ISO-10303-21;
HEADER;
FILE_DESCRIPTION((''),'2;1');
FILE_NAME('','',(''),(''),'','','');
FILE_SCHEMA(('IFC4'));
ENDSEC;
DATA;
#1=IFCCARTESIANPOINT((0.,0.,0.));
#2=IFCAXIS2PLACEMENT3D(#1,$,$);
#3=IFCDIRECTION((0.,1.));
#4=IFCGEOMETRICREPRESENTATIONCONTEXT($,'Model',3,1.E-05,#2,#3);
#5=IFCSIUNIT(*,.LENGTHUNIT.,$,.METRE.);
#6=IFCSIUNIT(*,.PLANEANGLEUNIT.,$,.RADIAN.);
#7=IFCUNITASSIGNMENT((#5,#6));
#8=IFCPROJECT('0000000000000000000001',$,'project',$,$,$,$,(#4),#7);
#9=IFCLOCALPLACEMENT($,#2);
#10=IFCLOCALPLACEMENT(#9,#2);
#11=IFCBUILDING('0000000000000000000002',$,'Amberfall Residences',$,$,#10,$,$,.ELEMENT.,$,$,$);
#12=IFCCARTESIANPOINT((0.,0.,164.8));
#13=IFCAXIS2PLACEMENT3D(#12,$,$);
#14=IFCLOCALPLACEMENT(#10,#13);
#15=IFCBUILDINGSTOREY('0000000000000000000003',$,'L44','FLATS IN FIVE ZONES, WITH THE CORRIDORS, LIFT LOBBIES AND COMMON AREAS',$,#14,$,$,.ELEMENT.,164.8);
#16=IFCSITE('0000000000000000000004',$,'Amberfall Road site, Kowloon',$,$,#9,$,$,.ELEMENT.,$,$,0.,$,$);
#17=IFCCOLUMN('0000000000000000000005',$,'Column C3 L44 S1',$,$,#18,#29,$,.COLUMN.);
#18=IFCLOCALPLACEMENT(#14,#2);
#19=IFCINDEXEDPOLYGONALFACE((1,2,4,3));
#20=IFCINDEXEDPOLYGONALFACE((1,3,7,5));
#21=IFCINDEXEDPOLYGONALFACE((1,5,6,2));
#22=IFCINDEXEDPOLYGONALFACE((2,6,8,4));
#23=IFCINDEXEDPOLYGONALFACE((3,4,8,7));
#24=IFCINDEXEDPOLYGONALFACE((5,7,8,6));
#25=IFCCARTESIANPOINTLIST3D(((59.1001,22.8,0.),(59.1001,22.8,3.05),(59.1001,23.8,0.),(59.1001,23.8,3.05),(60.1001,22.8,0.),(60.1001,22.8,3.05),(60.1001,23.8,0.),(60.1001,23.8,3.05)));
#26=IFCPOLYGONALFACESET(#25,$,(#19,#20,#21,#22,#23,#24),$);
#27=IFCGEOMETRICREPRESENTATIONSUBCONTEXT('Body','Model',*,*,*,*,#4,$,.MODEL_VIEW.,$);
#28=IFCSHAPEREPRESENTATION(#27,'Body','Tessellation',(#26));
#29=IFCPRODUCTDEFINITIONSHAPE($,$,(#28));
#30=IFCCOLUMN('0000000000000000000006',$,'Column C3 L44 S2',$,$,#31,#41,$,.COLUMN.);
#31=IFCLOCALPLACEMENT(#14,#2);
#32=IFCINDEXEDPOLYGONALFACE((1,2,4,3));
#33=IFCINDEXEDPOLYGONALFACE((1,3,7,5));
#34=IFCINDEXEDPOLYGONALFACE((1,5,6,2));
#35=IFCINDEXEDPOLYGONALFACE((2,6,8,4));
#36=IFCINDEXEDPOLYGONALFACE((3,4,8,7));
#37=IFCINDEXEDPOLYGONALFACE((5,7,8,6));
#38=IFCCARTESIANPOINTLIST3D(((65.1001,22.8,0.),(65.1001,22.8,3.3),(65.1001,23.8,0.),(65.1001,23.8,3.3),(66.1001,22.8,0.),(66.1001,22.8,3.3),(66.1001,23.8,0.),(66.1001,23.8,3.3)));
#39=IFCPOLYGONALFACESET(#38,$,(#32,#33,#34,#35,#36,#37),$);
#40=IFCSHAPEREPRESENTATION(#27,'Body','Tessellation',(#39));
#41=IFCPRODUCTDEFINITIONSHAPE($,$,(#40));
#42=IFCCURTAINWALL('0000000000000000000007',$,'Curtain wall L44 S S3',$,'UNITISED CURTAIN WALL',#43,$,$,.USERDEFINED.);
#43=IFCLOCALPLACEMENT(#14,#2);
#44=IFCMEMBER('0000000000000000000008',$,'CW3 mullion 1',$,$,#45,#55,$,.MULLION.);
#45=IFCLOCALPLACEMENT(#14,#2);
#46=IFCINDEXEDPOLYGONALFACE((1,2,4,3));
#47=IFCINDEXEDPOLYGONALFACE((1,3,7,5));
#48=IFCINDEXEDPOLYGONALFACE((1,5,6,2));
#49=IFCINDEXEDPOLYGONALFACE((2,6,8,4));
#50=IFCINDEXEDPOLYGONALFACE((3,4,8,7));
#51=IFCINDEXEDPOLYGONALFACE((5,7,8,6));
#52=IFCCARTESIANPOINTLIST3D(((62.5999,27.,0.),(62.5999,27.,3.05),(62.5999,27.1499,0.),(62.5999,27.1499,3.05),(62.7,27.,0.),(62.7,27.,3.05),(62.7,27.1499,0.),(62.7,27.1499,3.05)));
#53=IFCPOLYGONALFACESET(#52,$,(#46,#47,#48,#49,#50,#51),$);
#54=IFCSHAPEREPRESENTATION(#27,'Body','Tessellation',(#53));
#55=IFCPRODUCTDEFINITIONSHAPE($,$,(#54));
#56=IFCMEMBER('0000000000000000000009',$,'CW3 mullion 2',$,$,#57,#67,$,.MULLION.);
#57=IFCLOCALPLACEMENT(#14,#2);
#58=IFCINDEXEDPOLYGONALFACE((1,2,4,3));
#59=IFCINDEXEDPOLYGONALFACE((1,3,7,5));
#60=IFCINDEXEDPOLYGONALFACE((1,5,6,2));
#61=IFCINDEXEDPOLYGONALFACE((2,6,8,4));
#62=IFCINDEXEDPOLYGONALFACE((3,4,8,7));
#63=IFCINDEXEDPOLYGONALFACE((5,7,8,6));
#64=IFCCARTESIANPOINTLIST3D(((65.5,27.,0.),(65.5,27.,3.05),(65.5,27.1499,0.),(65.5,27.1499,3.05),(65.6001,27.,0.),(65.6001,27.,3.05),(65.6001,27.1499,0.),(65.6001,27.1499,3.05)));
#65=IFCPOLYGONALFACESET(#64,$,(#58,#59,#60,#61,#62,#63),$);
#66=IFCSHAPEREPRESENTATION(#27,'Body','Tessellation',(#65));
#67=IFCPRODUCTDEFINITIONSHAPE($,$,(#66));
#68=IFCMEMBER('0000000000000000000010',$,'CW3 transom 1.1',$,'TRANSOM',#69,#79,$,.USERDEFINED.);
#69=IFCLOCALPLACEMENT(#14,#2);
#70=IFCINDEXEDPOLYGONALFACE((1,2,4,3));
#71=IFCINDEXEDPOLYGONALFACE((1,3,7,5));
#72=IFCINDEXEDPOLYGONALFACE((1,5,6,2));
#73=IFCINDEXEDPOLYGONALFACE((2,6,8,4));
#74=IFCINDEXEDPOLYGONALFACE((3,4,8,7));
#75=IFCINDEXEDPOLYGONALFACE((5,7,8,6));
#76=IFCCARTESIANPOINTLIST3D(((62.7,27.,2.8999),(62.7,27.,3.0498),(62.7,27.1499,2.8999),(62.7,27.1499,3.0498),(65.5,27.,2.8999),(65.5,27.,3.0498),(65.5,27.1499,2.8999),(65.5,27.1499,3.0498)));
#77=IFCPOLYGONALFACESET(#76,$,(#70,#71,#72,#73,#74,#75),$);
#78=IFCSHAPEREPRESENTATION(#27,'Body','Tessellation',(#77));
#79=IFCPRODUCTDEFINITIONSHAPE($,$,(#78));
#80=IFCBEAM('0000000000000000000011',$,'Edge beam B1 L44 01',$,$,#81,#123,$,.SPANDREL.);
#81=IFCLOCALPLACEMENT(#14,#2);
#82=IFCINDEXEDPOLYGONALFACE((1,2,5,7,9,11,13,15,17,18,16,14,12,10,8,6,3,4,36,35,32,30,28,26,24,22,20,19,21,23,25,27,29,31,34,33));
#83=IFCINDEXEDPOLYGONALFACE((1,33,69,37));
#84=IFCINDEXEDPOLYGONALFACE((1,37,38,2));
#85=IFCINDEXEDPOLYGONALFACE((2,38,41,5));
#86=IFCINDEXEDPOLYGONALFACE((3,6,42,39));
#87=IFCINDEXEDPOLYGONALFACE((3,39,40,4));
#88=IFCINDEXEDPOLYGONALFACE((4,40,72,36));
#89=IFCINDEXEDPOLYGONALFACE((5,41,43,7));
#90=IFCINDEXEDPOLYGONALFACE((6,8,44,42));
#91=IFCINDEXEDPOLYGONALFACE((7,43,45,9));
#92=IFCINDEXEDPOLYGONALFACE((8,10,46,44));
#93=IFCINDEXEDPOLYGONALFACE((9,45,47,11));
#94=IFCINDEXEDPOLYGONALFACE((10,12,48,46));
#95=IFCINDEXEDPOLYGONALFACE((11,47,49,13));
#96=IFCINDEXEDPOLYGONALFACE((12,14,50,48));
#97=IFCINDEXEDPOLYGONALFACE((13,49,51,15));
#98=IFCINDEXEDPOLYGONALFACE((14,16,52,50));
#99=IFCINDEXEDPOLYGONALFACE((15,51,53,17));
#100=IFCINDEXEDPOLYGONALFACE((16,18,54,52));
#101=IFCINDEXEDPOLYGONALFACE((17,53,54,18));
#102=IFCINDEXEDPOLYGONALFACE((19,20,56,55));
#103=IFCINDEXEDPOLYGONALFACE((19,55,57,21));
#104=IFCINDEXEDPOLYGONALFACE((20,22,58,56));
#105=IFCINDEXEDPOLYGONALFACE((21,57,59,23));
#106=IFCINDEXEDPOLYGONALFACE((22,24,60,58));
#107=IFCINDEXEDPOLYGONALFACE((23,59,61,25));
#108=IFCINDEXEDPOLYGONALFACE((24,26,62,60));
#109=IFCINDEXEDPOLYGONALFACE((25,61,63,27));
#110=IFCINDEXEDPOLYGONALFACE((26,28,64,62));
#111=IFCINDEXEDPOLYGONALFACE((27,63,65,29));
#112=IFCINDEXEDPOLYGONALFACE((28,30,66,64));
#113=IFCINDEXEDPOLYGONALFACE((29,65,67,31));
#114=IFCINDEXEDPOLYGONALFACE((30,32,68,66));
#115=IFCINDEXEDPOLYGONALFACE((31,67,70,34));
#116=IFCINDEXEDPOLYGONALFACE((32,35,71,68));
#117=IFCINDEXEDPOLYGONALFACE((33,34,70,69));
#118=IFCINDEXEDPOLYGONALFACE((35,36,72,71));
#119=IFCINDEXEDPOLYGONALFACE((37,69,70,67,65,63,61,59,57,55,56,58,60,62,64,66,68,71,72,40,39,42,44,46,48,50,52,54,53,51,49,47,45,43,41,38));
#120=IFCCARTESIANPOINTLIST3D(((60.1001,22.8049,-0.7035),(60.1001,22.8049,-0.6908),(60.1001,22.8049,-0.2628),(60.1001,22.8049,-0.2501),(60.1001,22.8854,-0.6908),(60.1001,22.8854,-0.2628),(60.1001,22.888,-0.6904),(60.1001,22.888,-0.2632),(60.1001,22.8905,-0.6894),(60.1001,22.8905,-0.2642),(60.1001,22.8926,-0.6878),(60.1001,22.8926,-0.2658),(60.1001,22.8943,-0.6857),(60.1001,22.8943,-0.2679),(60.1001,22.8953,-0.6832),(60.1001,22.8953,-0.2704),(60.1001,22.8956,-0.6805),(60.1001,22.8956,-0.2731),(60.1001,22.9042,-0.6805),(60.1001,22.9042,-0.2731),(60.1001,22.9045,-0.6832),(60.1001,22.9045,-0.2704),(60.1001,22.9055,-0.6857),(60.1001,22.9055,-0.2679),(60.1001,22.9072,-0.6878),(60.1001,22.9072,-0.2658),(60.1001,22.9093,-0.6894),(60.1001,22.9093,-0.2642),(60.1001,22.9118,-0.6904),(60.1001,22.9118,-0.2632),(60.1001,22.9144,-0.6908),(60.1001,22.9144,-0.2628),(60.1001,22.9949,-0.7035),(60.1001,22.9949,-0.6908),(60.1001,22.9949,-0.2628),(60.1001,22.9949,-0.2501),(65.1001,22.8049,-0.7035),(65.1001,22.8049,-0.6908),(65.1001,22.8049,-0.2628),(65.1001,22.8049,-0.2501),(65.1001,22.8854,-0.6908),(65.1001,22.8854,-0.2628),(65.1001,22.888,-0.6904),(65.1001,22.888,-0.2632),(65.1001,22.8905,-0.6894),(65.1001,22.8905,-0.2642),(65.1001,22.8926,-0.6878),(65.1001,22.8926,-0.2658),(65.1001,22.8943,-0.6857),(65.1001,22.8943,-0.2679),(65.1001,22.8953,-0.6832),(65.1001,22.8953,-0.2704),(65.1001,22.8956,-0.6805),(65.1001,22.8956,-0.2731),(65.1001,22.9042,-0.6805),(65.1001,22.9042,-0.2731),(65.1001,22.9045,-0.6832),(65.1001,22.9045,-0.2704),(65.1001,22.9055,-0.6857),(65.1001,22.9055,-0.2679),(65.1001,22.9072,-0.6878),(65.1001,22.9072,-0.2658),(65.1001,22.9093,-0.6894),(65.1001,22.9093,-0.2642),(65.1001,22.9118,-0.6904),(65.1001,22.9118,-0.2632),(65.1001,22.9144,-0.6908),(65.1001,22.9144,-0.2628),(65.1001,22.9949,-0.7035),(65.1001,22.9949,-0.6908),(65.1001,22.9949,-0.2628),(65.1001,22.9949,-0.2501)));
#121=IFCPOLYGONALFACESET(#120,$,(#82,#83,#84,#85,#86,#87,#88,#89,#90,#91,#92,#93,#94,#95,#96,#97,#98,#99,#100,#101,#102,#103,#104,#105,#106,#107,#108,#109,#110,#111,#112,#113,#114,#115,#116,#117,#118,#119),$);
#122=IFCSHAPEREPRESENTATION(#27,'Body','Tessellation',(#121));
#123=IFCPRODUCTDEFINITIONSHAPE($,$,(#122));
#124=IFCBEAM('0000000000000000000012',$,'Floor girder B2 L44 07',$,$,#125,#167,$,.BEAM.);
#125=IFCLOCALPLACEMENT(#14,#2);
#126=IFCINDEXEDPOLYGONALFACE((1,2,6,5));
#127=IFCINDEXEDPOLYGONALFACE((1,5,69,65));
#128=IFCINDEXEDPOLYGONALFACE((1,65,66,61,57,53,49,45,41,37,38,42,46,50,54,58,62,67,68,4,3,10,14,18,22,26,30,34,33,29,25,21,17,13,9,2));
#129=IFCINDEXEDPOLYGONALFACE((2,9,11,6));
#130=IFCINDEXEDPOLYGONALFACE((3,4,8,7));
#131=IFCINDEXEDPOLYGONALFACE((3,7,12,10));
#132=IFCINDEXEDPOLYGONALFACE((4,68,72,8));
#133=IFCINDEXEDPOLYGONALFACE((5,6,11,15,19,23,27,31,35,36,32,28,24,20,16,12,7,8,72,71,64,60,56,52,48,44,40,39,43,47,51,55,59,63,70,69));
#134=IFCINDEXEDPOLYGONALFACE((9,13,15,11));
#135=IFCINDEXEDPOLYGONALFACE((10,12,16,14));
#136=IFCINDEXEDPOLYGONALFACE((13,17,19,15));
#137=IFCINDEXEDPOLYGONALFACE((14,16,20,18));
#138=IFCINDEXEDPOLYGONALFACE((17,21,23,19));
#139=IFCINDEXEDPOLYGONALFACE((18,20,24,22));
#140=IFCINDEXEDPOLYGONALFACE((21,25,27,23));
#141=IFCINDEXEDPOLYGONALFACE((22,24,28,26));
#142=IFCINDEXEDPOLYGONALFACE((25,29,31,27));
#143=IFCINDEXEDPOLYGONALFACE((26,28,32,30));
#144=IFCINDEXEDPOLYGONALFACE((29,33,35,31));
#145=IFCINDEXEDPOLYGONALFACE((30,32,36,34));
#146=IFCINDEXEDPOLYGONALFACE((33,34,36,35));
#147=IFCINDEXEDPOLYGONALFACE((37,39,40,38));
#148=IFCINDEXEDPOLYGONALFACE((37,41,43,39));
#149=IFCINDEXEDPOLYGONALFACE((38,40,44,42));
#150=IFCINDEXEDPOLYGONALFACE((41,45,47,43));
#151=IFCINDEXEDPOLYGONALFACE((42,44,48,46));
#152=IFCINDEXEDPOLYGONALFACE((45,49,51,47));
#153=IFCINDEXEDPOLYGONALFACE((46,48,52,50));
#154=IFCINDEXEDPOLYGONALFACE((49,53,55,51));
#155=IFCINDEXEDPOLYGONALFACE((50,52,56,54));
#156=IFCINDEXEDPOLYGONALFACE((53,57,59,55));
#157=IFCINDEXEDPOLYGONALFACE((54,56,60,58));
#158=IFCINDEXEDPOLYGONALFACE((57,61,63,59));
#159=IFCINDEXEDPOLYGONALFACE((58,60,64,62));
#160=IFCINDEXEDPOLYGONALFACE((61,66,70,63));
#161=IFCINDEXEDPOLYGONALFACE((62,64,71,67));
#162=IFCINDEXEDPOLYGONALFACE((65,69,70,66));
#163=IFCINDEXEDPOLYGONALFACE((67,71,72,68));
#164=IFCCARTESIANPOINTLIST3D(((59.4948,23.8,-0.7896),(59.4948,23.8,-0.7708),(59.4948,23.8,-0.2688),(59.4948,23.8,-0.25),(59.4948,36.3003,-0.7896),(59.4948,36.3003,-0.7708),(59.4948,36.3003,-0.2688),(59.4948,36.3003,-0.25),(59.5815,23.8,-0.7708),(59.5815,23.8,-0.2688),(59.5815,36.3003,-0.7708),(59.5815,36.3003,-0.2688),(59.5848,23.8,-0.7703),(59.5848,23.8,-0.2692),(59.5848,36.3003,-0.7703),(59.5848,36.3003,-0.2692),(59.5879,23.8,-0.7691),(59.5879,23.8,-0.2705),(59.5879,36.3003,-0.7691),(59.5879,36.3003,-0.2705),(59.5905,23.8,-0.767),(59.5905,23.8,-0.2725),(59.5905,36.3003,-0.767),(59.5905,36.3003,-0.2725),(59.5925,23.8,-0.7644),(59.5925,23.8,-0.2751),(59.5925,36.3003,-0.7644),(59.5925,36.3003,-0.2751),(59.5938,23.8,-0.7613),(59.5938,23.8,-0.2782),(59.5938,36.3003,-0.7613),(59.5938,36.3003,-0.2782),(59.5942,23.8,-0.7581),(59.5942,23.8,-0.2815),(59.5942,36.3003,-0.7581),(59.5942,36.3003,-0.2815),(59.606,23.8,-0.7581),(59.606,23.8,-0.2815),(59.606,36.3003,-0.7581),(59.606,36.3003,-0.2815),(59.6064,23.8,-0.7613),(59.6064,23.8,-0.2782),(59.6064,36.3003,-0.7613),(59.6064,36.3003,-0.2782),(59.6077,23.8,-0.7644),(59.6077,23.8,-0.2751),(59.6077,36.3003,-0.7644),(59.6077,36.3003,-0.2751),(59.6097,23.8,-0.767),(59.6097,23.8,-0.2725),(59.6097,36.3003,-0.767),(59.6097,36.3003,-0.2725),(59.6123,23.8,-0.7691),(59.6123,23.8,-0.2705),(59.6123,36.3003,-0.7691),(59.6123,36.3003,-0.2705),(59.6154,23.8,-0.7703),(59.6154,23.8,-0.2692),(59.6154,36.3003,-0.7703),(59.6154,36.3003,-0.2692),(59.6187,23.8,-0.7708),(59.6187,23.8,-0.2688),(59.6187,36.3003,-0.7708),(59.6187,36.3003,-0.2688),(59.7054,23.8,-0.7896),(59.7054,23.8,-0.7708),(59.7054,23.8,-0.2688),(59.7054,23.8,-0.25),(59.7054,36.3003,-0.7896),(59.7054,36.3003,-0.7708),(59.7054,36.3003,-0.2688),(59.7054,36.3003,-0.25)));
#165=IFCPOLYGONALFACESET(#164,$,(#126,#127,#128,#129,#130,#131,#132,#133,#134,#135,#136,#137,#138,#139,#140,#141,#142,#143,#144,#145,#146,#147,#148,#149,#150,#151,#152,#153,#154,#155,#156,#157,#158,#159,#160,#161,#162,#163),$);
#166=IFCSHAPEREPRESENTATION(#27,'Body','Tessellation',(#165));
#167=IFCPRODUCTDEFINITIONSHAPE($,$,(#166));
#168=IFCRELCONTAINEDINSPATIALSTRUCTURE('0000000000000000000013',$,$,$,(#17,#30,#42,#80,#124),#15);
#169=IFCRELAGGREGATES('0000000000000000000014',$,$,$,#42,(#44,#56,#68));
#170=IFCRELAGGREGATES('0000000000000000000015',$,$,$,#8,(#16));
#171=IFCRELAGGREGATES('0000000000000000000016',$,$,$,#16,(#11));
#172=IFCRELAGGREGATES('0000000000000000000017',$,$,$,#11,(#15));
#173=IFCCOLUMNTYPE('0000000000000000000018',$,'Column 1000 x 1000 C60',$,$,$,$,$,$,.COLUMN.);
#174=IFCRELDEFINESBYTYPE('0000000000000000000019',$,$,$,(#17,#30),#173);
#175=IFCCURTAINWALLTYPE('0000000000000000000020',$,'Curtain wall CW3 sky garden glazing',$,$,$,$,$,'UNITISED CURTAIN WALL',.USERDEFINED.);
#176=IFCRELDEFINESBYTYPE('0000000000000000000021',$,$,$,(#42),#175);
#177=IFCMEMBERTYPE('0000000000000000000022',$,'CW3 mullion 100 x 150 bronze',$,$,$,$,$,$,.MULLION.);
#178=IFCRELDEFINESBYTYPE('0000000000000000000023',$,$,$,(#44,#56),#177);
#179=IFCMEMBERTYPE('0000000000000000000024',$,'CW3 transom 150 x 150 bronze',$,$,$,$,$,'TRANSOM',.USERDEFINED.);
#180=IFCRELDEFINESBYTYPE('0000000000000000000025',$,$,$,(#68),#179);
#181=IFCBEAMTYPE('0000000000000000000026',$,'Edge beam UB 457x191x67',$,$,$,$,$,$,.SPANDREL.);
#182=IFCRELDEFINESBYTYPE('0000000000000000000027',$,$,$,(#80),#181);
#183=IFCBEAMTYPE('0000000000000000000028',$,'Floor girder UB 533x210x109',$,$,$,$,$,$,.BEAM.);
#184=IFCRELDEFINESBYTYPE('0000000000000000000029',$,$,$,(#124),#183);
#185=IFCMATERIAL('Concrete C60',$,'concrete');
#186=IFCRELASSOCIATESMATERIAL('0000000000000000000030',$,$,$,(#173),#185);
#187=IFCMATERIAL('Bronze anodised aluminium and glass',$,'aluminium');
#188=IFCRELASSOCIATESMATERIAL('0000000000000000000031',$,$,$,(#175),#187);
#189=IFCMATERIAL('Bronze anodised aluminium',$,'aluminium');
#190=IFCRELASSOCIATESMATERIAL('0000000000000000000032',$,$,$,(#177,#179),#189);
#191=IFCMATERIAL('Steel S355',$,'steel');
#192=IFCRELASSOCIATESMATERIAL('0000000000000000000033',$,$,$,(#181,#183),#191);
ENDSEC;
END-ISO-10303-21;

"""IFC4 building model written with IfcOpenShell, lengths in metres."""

from ifc_helpers import new_model, si_unit, direction, frame, origin, origin_2d, place, context, subcontext, project, spatial, rectangle, i_section, extrude, material, material_profile, profile_set, type_object, element, aggregate, save


model = new_model("IFC4")

# Units and contexts
model_context = context("Model", 3, precision=1e-05, world=origin(), true_north=direction((0.0, 1.0)))
body_context = subcontext(model_context, "Body", "Model", "MODEL_VIEW")
ifc_project = project(units=[si_unit("LENGTHUNIT", "METRE"), si_unit("PLANEANGLEUNIT", "RADIAN")], contexts=[model_context])

# Site, building, storey
site_placement = place(None, origin())
site = spatial("IfcSite", under=ifc_project, at=site_placement, Name="Amberfall Road site, Kowloon", CompositionType="ELEMENT", RefElevation=0.0)
building_placement = place(site_placement, origin())
building = spatial("IfcBuilding", under=site, at=building_placement, Name="Amberfall Residences", CompositionType="ELEMENT")
storey_placement = place(building_placement, frame((0.0, 0.0, 164.8)))
storey = spatial("IfcBuildingStorey", under=building, at=storey_placement, Name="L44", Description="FLATS IN FIVE ZONES, WITH THE CORRIDORS, LIFT LOBBIES AND COMMON AREAS", CompositionType="ELEMENT", Elevation=164.8)

# Columns
ifc_material_1 = material(Name="Concrete C60", Category="concrete")
ifc_material_profile_1 = material_profile(ifc_material_1, rectangle(XDim=1.0, YDim=1.0, at=origin_2d()), Name="Column 1000 x 1000 C60")
ifc_profile_set_1 = profile_set([ifc_material_profile_1], Name="Concrete C60")
column_type = type_object("IfcColumnType", Name="Column 1000 x 1000 C60", PredefinedType="COLUMN", material=ifc_profile_set_1)
column_1_placement = place(storey_placement, frame((59.6001, 23.3, 0.0), z_axis=(0.0, 0.0, 1.0), x_axis=(1.0, 0.0, 0.0)))
element("IfcColumn", 1, at=column_1_placement, inside=storey, type_object=column_type, Name="Column C3 L44 S1", PredefinedType="COLUMN", context=body_context, shape_type="SweptSolid", body=[
    extrude(rectangle(XDim=1.0, YDim=1.0, at=origin_2d()), origin(), (0.0, 0.0, 1.0), 3.05),
])
column_2_placement = place(storey_placement, frame((65.6001, 23.3, 0.0), z_axis=(0.0, 0.0, 1.0), x_axis=(1.0, 0.0, 0.0)))
element("IfcColumn", 2, at=column_2_placement, inside=storey, type_object=column_type, Name="Column C3 L44 S2", PredefinedType="COLUMN", context=body_context, shape_type="SweptSolid", body=[
    extrude(rectangle(XDim=1.0, YDim=1.0, at=origin_2d()), origin(), (0.0, 0.0, 1.0), 3.3),
])

# Curtain wall, members
ifc_material_2 = material(Name="Bronze anodised aluminium and glass", Category="aluminium")
curtain_wall_type = type_object("IfcCurtainWallType", Name="Curtain wall CW3 sky garden glazing", ElementType="UNITISED CURTAIN WALL", PredefinedType="USERDEFINED", material=ifc_material_2)
curtain_wall_placement = place(storey_placement, origin())
curtain_wall = element("IfcCurtainWall", 3, at=curtain_wall_placement, inside=storey, type_object=curtain_wall_type, Name="Curtain wall L44 S S3", ObjectType="UNITISED CURTAIN WALL", PredefinedType="USERDEFINED")
ifc_material_3 = material(Name="Bronze anodised aluminium", Category="aluminium")
ifc_material_profile_2 = material_profile(ifc_material_3, rectangle(XDim=0.1499, YDim=0.1001, at=origin_2d()), Name="CW3 mullion 100 x 150 bronze")
ifc_profile_set_2 = profile_set([ifc_material_profile_2], Name="Bronze anodised aluminium")
member_type_1 = type_object("IfcMemberType", Name="CW3 mullion 100 x 150 bronze", PredefinedType="MULLION", material=ifc_profile_set_2)
member_1_placement = place(storey_placement, frame((62.6499, 27.075, 0.0), z_axis=(0.0, 0.0, 1.0), x_axis=(0.0, 1.0, 0.0)))
member_1 = element("IfcMember", 4, at=member_1_placement, type_object=member_type_1, Name="CW3 mullion 1", PredefinedType="MULLION", context=body_context, shape_type="SweptSolid", body=[
    extrude(rectangle(XDim=0.1499, YDim=0.1001, at=origin_2d()), origin(), (0.0, 0.0, 1.0), 3.05),
])
member_2_placement = place(storey_placement, frame((65.55, 27.075, 0.0), z_axis=(0.0, 0.0, 1.0), x_axis=(0.0, 1.0, 0.0)))
member_2 = element("IfcMember", 5, at=member_2_placement, type_object=member_type_1, Name="CW3 mullion 2", PredefinedType="MULLION", context=body_context, shape_type="SweptSolid", body=[
    extrude(rectangle(XDim=0.1499, YDim=0.1001, at=origin_2d()), origin(), (0.0, 0.0, 1.0), 3.05),
])
ifc_material_profile_3 = material_profile(ifc_material_3, rectangle(XDim=0.1499, YDim=0.1499, at=origin_2d()), Name="CW3 transom 150 x 150 bronze")
ifc_profile_set_3 = profile_set([ifc_material_profile_3], Name="Bronze anodised aluminium")
member_type_2 = type_object("IfcMemberType", Name="CW3 transom 150 x 150 bronze", ElementType="TRANSOM", PredefinedType="USERDEFINED", material=ifc_profile_set_3)
member_3_placement = place(storey_placement, frame((62.7, 27.075, 2.9749), z_axis=(1.0, 0.0, 0.0), x_axis=(0.0, 1.0, 0.0)))
member_3 = element("IfcMember", 6, at=member_3_placement, type_object=member_type_2, Name="CW3 transom 1.1", ObjectType="TRANSOM", PredefinedType="USERDEFINED", context=body_context, shape_type="SweptSolid", body=[
    extrude(rectangle(XDim=0.1499, YDim=0.1499, at=origin_2d()), origin(), (0.0, 0.0, 1.0), 2.8),
])

# Beams
ifc_material_4 = material(Name="Steel S355", Category="steel")
ifc_material_profile_4 = material_profile(ifc_material_4, i_section(OverallWidth=0.1899, OverallDepth=0.4534, WebThickness=0.0085, FlangeThickness=0.0127, FilletRadius=0.0103, at=origin_2d()), Name="UB 457x191x67")
ifc_profile_set_4 = profile_set([ifc_material_profile_4], Name="Steel S355")
beam_type_1 = type_object("IfcBeamType", Name="Edge beam UB 457x191x67", PredefinedType="SPANDREL", material=ifc_profile_set_4)
beam_1_placement = place(storey_placement, frame((60.1001, 22.8999, -0.4768), z_axis=(1.0, 0.0, 0.0), x_axis=(0.0, 1.0, 0.0)))
element("IfcBeam", 7, at=beam_1_placement, inside=storey, type_object=beam_type_1, Name="Edge beam B1 L44 01", PredefinedType="SPANDREL", context=body_context, shape_type="SweptSolid", body=[
    extrude(i_section(OverallWidth=0.1899, OverallDepth=0.4534, WebThickness=0.0085, FlangeThickness=0.0127, FilletRadius=0.0103, at=origin_2d()), origin(), (0.0, 0.0, 1.0), 5.0),
])
ifc_material_profile_5 = material_profile(ifc_material_4, i_section(OverallWidth=0.2107, OverallDepth=0.5396, WebThickness=0.0117, FlangeThickness=0.0188, FilletRadius=0.0127, at=origin_2d()), Name="UB 533x210x109")
ifc_profile_set_5 = profile_set([ifc_material_profile_5], Name="Steel S355")
beam_type_2 = type_object("IfcBeamType", Name="Floor girder UB 533x210x109", PredefinedType="BEAM", material=ifc_profile_set_5)
beam_2_placement = place(storey_placement, frame((59.6001, 23.8, -0.5198), z_axis=(0.0, 1.0, 0.0), x_axis=(-1.0, 0.0, 0.0)))
element("IfcBeam", 8, at=beam_2_placement, inside=storey, type_object=beam_type_2, Name="Floor girder B2 L44 07", PredefinedType="BEAM", context=body_context, shape_type="SweptSolid", body=[
    extrude(i_section(OverallWidth=0.2107, OverallDepth=0.5396, WebThickness=0.0117, FlangeThickness=0.0188, FilletRadius=0.0127, at=origin_2d()), origin(), (0.0, 0.0, 1.0), 12.5002),
])

aggregate(curtain_wall, [member_1, member_2, member_3])

save(model, "model.ifc")
